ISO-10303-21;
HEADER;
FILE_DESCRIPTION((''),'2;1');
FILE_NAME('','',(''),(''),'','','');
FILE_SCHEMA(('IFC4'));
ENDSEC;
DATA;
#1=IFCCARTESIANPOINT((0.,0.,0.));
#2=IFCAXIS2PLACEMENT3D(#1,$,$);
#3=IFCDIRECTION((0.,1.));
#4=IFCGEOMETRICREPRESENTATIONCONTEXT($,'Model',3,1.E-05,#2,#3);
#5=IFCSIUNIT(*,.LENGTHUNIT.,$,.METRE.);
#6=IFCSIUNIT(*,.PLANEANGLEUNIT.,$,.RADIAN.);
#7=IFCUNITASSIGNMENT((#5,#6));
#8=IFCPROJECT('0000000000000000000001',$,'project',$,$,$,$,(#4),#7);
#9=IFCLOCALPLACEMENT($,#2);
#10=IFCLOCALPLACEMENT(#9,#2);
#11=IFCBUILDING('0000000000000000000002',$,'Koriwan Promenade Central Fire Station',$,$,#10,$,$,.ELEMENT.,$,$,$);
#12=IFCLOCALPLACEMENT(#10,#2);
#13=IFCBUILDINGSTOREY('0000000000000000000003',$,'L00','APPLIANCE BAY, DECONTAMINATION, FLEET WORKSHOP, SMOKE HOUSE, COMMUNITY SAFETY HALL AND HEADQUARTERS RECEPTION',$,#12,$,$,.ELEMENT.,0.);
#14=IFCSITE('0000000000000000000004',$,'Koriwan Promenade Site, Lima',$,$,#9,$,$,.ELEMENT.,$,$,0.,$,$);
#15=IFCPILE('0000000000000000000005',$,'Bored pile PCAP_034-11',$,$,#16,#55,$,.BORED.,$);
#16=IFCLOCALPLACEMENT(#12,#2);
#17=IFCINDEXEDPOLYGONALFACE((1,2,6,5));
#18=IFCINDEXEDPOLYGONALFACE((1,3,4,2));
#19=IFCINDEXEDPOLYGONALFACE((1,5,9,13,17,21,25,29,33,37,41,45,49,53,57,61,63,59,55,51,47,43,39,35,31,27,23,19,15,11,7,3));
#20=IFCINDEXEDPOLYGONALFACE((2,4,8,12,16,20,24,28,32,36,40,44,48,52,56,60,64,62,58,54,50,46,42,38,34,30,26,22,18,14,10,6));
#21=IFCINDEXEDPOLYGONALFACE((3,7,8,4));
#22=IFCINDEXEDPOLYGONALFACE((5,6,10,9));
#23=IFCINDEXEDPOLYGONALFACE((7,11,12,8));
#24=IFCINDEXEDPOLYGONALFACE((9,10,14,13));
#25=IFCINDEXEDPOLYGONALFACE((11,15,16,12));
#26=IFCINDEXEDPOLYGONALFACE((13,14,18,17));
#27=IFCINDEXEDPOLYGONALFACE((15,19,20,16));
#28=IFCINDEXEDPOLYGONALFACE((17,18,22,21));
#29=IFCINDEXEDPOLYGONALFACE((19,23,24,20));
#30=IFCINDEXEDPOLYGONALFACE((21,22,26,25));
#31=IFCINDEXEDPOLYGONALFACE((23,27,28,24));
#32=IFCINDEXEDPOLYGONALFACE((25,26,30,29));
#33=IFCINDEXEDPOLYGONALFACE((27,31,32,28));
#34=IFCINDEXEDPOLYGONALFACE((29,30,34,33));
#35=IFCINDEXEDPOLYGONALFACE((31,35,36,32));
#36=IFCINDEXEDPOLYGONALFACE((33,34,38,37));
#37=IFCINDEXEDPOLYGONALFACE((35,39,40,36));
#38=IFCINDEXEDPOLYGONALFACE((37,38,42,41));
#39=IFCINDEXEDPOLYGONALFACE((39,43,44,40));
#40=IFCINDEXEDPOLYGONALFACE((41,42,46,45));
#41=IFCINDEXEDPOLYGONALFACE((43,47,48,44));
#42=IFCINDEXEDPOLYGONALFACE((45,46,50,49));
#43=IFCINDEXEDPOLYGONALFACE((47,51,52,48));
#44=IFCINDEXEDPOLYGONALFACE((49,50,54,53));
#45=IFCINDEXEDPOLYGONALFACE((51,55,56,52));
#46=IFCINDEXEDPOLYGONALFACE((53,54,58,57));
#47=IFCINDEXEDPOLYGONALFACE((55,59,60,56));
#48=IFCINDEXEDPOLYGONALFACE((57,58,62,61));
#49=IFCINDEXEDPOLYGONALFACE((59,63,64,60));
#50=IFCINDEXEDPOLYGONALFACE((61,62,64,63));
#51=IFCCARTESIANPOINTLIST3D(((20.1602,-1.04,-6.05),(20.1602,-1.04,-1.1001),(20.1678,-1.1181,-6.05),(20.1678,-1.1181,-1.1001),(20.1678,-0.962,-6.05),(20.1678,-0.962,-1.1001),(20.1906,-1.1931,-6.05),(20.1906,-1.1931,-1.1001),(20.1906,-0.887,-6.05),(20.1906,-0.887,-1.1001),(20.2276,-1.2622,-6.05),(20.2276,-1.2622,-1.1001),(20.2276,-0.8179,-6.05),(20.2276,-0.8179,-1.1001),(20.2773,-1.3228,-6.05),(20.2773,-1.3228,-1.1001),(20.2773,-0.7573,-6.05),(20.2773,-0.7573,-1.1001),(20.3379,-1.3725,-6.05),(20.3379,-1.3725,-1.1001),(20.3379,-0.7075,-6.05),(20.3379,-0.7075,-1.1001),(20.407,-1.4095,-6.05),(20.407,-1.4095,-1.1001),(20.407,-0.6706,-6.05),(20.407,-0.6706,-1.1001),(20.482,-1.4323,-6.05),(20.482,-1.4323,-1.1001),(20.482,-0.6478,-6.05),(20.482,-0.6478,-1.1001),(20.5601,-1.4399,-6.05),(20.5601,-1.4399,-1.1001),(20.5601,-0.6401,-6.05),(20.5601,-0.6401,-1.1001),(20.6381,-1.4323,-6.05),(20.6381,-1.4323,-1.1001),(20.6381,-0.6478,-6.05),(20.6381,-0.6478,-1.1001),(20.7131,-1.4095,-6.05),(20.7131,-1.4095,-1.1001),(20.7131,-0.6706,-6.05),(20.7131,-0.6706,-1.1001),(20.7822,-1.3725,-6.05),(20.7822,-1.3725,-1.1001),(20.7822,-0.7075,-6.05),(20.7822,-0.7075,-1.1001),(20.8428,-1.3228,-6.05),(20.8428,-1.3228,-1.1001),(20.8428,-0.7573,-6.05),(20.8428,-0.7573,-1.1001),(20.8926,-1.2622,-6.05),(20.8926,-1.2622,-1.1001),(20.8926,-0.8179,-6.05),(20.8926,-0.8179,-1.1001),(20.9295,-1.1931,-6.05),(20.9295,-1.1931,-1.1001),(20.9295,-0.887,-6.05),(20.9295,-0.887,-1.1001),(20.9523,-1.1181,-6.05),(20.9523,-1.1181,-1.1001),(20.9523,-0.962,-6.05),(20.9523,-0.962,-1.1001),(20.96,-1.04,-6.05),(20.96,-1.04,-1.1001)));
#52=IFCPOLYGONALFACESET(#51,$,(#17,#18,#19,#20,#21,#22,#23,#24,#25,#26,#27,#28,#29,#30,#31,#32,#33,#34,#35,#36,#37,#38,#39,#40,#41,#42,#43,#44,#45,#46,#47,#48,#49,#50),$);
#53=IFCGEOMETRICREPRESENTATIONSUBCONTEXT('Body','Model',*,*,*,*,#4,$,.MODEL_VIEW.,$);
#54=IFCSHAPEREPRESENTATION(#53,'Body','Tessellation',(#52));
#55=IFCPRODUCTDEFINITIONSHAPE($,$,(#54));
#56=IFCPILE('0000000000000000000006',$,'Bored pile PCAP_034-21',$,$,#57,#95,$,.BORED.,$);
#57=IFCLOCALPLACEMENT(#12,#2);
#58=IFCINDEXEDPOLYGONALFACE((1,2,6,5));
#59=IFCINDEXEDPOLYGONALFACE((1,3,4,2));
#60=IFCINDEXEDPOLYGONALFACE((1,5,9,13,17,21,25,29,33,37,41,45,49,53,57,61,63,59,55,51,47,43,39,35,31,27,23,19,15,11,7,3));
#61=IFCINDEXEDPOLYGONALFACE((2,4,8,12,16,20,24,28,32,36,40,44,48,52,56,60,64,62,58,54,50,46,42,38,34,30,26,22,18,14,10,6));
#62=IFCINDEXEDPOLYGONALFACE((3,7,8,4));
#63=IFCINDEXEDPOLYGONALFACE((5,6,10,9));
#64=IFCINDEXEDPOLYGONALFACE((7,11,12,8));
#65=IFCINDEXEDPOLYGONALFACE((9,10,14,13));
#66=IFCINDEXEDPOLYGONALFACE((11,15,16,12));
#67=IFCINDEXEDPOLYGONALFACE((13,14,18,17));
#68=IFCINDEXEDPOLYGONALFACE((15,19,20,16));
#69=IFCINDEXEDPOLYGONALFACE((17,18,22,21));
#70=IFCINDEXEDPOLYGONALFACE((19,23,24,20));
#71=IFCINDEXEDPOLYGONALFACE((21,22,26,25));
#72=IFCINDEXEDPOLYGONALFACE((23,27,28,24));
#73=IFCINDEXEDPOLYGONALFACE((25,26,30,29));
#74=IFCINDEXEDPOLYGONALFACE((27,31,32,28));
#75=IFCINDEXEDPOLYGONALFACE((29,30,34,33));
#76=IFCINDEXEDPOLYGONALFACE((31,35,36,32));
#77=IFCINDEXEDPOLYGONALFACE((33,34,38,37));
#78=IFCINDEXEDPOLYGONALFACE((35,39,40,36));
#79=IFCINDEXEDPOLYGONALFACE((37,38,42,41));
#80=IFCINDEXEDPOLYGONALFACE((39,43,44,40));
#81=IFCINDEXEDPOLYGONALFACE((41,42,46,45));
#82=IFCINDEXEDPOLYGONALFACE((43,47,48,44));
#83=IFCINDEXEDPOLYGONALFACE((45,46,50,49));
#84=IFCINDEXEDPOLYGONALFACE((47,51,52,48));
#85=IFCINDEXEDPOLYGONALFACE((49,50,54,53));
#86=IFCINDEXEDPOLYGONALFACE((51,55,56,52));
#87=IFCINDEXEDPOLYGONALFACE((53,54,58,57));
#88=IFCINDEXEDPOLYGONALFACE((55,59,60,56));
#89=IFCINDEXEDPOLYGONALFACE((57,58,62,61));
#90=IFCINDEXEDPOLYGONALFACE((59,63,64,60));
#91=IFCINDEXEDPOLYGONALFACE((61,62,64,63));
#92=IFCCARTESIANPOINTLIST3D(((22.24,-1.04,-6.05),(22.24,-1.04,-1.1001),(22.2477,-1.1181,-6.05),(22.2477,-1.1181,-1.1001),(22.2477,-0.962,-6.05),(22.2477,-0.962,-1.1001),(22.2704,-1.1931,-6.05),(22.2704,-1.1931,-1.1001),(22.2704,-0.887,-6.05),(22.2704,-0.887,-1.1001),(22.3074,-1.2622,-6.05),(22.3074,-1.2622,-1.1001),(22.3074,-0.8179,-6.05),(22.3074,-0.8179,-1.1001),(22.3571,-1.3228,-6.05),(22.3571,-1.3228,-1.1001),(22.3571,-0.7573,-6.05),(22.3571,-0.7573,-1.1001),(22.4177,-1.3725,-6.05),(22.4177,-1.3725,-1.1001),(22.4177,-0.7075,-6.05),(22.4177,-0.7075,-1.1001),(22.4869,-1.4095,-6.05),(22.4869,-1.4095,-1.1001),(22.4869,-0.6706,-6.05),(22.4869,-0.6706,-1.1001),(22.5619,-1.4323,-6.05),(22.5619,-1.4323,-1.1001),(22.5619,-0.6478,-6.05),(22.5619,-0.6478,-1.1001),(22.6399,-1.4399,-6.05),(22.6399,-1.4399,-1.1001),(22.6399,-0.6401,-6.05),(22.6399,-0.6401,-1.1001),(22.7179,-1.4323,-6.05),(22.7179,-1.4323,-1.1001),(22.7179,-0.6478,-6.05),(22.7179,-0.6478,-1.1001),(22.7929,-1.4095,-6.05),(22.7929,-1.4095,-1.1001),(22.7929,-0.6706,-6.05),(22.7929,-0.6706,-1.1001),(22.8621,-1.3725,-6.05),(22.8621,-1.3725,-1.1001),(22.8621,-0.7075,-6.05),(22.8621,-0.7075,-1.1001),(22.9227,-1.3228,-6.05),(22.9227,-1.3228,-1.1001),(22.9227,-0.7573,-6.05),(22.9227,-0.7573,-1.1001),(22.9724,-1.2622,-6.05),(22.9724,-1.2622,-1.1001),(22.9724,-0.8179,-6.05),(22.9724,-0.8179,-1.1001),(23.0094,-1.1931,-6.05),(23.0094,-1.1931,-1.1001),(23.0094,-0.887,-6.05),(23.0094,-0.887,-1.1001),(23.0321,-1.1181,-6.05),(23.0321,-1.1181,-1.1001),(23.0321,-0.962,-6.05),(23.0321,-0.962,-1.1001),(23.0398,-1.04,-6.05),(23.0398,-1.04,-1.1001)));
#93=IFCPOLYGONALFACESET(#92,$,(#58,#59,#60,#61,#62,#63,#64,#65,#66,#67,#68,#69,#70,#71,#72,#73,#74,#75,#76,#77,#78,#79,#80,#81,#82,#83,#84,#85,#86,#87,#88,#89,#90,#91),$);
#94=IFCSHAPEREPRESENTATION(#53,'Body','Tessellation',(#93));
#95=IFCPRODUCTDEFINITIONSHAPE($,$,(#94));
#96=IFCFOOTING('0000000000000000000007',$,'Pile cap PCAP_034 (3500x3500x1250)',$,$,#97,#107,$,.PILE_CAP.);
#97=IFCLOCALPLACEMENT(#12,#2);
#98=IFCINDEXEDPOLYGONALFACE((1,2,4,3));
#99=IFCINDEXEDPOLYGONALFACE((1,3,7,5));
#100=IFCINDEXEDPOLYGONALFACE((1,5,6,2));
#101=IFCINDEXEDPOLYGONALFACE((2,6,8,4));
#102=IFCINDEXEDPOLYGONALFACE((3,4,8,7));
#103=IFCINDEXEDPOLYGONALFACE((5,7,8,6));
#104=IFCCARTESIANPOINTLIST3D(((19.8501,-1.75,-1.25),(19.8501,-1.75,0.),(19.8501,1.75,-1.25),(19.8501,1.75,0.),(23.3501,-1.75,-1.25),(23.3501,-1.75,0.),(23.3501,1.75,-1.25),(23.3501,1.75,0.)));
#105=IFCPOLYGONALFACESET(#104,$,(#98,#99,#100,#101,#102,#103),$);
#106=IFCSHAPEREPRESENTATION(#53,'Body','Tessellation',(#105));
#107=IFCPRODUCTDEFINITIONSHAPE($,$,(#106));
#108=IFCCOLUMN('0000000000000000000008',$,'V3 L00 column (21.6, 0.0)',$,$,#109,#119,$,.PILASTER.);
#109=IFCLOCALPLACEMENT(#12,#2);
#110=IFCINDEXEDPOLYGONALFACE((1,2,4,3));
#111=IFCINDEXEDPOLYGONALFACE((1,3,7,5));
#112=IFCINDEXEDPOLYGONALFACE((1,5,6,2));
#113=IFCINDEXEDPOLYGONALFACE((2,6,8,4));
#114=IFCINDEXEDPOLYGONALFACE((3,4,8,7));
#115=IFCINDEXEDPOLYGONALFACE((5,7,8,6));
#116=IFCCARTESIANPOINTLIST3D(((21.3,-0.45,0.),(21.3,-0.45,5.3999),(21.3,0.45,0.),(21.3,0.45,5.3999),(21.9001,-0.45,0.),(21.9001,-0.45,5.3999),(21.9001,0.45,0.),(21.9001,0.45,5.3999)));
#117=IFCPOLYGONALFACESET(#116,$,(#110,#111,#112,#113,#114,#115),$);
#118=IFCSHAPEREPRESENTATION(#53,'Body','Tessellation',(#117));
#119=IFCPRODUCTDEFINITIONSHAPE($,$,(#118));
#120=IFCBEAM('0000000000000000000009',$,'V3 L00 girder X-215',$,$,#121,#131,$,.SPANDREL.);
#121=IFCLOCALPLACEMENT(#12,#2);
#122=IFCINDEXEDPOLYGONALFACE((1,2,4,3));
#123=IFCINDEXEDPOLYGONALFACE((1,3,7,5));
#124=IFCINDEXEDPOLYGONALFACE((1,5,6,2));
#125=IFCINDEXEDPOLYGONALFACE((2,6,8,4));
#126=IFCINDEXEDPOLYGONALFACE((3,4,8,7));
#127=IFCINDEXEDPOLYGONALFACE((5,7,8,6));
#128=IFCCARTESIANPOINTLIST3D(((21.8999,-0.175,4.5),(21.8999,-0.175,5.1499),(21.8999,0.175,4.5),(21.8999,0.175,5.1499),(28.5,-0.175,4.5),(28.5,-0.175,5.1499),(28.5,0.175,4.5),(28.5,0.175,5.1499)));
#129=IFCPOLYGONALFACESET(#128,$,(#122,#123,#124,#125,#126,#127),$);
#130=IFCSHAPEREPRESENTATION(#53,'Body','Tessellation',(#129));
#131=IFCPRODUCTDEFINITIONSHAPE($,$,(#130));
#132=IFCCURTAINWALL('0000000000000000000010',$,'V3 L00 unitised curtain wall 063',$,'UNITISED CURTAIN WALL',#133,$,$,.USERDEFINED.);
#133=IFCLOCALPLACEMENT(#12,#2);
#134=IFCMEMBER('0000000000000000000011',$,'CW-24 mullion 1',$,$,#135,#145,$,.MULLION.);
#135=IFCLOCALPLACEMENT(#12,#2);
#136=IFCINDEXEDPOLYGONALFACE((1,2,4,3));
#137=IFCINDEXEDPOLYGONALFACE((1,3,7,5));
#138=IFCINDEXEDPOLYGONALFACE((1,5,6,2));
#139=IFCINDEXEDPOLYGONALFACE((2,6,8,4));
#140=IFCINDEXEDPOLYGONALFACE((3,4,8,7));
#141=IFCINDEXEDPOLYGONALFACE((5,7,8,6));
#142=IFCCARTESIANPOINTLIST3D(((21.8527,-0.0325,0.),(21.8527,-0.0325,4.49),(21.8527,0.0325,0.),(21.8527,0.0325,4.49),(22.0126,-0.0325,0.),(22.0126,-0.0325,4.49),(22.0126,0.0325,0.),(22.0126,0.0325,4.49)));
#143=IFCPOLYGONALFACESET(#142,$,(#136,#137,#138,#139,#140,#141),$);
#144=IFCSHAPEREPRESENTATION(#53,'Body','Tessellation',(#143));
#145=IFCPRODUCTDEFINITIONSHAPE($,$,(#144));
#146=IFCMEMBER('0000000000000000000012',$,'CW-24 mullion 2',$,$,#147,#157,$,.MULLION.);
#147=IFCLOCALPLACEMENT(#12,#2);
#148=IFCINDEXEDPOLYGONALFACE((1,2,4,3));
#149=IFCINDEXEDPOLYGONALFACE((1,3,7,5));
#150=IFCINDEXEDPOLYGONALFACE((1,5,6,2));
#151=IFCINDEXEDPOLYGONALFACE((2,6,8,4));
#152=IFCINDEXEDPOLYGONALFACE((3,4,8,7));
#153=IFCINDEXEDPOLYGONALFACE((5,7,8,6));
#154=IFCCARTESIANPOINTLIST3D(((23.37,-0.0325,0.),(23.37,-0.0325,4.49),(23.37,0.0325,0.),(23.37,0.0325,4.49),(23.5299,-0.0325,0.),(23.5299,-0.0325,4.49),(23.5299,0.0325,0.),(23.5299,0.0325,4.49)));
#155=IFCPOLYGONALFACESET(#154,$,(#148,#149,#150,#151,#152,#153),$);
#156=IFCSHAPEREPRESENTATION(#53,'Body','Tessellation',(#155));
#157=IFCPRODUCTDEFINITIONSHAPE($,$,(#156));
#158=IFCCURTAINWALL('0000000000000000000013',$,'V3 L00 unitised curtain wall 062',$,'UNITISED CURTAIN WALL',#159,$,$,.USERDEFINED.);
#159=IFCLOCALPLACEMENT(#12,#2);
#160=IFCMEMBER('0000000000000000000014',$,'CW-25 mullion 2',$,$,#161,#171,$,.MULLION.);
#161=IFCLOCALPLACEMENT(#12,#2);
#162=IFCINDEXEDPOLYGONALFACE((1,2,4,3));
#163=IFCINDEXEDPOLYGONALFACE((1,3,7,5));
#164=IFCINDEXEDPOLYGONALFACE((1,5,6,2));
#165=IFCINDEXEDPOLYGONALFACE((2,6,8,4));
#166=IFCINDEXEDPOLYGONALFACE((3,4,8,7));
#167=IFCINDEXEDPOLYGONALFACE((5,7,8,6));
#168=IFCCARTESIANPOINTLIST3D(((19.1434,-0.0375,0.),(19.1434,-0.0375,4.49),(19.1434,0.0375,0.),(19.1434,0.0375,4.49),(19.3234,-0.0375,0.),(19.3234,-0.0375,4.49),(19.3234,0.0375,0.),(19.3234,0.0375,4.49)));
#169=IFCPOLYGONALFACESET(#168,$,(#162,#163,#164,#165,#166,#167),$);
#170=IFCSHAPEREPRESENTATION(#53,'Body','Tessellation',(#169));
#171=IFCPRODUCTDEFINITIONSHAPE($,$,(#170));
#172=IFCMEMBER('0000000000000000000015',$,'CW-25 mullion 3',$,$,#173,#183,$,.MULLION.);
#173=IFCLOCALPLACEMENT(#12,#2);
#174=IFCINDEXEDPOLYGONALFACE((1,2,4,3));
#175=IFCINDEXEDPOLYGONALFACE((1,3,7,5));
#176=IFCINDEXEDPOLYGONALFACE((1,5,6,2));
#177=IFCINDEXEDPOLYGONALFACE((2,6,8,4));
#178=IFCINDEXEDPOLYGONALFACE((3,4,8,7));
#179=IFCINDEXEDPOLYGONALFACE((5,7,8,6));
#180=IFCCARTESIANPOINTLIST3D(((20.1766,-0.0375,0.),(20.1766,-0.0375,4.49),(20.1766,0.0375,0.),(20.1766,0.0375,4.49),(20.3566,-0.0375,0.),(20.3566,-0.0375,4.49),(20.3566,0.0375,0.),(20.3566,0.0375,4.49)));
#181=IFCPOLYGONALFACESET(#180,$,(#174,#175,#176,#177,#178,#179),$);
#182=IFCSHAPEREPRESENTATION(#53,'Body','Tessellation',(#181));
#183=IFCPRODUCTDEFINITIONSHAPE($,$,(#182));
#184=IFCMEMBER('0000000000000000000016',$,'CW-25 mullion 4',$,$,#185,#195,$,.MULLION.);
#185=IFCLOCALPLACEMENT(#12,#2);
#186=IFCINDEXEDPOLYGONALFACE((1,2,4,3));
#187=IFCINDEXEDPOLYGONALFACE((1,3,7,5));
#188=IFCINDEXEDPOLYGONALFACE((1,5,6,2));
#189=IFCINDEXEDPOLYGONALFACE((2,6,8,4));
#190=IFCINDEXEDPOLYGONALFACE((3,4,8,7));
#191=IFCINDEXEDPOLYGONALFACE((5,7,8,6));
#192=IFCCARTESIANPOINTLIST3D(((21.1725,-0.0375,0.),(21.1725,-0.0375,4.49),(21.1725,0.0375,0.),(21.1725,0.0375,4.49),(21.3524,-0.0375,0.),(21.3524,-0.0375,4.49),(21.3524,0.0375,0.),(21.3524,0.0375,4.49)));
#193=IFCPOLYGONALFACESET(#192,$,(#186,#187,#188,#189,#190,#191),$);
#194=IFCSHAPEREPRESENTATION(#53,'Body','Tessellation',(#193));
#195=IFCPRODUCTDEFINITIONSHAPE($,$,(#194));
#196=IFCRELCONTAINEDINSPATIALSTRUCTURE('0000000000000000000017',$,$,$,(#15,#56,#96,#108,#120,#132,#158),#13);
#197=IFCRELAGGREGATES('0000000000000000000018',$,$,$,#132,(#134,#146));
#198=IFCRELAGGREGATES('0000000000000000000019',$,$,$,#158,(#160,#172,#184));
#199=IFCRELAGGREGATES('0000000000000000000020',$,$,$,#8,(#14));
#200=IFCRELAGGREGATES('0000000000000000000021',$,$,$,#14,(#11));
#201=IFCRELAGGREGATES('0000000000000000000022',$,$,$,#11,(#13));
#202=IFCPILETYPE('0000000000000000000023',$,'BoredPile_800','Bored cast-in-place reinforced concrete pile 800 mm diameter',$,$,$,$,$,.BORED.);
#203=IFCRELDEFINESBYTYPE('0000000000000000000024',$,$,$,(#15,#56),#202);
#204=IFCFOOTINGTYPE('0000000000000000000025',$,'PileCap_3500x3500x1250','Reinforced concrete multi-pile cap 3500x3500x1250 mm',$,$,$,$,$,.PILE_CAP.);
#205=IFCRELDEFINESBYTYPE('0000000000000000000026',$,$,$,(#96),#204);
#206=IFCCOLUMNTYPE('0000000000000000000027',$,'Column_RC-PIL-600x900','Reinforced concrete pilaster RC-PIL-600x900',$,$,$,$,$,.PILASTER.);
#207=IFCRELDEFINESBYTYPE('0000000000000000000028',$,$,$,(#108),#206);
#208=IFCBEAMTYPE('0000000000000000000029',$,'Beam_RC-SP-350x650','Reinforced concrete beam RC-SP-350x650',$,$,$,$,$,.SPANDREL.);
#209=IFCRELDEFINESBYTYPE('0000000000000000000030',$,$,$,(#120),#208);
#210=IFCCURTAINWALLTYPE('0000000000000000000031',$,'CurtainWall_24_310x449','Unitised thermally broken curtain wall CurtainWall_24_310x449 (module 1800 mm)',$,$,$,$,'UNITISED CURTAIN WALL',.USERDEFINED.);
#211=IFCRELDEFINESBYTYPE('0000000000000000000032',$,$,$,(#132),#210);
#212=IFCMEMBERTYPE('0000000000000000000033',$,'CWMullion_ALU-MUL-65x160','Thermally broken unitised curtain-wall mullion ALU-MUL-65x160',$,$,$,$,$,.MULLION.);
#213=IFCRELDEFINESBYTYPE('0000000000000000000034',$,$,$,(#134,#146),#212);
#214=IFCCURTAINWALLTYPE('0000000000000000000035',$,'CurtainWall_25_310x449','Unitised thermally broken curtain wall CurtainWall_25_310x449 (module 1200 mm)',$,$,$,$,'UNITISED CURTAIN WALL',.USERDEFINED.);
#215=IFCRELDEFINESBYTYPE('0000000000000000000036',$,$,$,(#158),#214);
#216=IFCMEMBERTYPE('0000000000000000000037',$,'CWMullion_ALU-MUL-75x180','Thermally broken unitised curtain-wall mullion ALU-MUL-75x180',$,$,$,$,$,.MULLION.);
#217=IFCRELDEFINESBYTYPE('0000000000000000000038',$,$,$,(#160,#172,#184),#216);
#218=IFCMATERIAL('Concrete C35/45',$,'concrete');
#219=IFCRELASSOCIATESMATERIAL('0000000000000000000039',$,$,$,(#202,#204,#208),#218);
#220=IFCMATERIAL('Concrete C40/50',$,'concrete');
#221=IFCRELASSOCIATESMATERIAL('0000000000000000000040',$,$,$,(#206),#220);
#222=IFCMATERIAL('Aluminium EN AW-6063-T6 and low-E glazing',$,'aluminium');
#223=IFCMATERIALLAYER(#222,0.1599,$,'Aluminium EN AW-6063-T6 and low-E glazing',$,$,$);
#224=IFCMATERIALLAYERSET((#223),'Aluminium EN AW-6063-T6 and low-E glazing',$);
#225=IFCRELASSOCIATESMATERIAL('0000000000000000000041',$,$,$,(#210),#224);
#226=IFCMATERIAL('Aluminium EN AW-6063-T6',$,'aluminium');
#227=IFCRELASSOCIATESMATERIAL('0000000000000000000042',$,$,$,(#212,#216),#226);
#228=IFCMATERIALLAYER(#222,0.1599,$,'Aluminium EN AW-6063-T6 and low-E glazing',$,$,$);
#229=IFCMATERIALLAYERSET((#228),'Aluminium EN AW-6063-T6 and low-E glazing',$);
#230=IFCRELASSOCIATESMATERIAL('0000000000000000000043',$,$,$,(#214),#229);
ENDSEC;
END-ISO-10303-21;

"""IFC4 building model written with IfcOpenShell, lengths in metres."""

from ifc_helpers import new_model, si_unit, direction, frame, origin, origin_2d, place, context, subcontext, project, spatial, rectangle, circle, extrude, material, layer, layer_set, material_profile, profile_set, type_object, element, aggregate, save


model = new_model("IFC4")

# Units and contexts
model_context = context("Model", 3, precision=1e-05, world=origin(), true_north=direction((0.0, 1.0)))
body_context = subcontext(model_context, "Body", "Model", "MODEL_VIEW")
ifc_project = project(units=[si_unit("LENGTHUNIT", "METRE"), si_unit("PLANEANGLEUNIT", "RADIAN")], contexts=[model_context])

# Site, building, storey
site_placement = place(None, origin())
site = spatial("IfcSite", under=ifc_project, at=site_placement, Name="Koriwan Promenade Site, Lima", CompositionType="ELEMENT", RefElevation=0.0)
building_placement = place(site_placement, origin())
building = spatial("IfcBuilding", under=site, at=building_placement, Name="Koriwan Promenade Central Fire Station", CompositionType="ELEMENT")
storey_placement = place(building_placement, origin())
storey = spatial("IfcBuildingStorey", under=building, at=storey_placement, Name="L00", Description="APPLIANCE BAY, DECONTAMINATION, FLEET WORKSHOP, SMOKE HOUSE, COMMUNITY SAFETY HALL AND HEADQUARTERS RECEPTION", CompositionType="ELEMENT", Elevation=0.0)

# Piles
ifc_material_1 = material(Name="Concrete C35/45", Category="concrete")
ifc_material_profile_1 = material_profile(ifc_material_1, circle(Radius=0.3999, at=origin_2d()), Name="PILE-D800")
ifc_profile_set_1 = profile_set([ifc_material_profile_1], Name="Concrete C35/45")
pile_type = type_object("IfcPileType", Name="BoredPile_800", Description="Bored cast-in-place reinforced concrete pile 800 mm diameter", PredefinedType="BORED", material=ifc_profile_set_1)
for number, where, z_axis, x_axis, name in (
    (1, (20.5601, -1.04, -1.1001), (0.0, 0.0, -1.0), (1.0, 0.0, 0.0), "Bored pile PCAP_034-11"),
    (2, (22.6399, -1.04, -1.1001), (0.0, 0.0, -1.0), (1.0, 0.0, 0.0), "Bored pile PCAP_034-21"),
):
    element("IfcPile", number, at=place(storey_placement, frame(where, z_axis=z_axis, x_axis=x_axis)), inside=storey, type_object=pile_type, Name=name, PredefinedType="BORED", context=body_context, shape_type="SweptSolid", body=[
        extrude(circle(Radius=0.3999, at=origin_2d()), origin(), (0.0, 0.0, 1.0), 4.95),
    ])

# Footing
footing_type = type_object("IfcFootingType", Name="PileCap_3500x3500x1250", Description="Reinforced concrete multi-pile cap 3500x3500x1250 mm", PredefinedType="PILE_CAP", material=ifc_material_1)
footing_placement = place(storey_placement, frame((21.6001, 0.0, -1.25), z_axis=(0.0, 0.0, 1.0), x_axis=(1.0, 0.0, 0.0)))
element("IfcFooting", 3, at=footing_placement, inside=storey, type_object=footing_type, Name="Pile cap PCAP_034 (3500x3500x1250)", PredefinedType="PILE_CAP", context=body_context, shape_type="SweptSolid", body=[
    extrude(rectangle(XDim=3.5, YDim=3.5, at=origin_2d()), origin(), (0.0, 0.0, 1.0), 1.25),
])

# Column
ifc_material_2 = material(Name="Concrete C40/50", Category="concrete")
ifc_material_profile_2 = material_profile(ifc_material_2, rectangle(XDim=0.6001, YDim=0.8999, at=origin_2d()), Name="RC-PIL-600x900")
ifc_profile_set_2 = profile_set([ifc_material_profile_2], Name="Concrete C40/50")
column_type = type_object("IfcColumnType", Name="Column_RC-PIL-600x900", Description="Reinforced concrete pilaster RC-PIL-600x900", PredefinedType="PILASTER", material=ifc_profile_set_2)
column_placement = place(storey_placement, frame((21.6001, 0.0, 0.0), z_axis=(0.0, 0.0, 1.0), x_axis=(1.0, 0.0, 0.0)))
element("IfcColumn", 4, at=column_placement, inside=storey, type_object=column_type, Name="V3 L00 column (21.6, 0.0)", PredefinedType="PILASTER", context=body_context, shape_type="SweptSolid", body=[
    extrude(rectangle(XDim=0.6001, YDim=0.8999, at=origin_2d()), origin(), (0.0, 0.0, 1.0), 5.3999),
])

# Beam
ifc_material_profile_3 = material_profile(ifc_material_1, rectangle(XDim=0.3501, YDim=0.6499, at=origin_2d()), Name="RC-SP-350x650")
ifc_profile_set_3 = profile_set([ifc_material_profile_3], Name="Concrete C35/45")
beam_type = type_object("IfcBeamType", Name="Beam_RC-SP-350x650", Description="Reinforced concrete beam RC-SP-350x650", PredefinedType="SPANDREL", material=ifc_profile_set_3)
beam_placement = place(storey_placement, frame((21.8999, 0.0, 4.825), z_axis=(1.0, 0.0, 0.0), x_axis=(0.0, 1.0, 0.0)))
element("IfcBeam", 5, at=beam_placement, inside=storey, type_object=beam_type, Name="V3 L00 girder X-215", PredefinedType="SPANDREL", context=body_context, shape_type="SweptSolid", body=[
    extrude(rectangle(XDim=0.3501, YDim=0.6499, at=origin_2d()), origin(), (0.0, 0.0, 1.0), 6.6001),
])

# Curtain walls, members
ifc_material_3 = material(Name="Aluminium EN AW-6063-T6 and low-E glazing", Category="aluminium")
ifc_layer_1 = layer(ifc_material_3, 0.1599, Name="Aluminium EN AW-6063-T6 and low-E glazing")
ifc_layer_set_1 = layer_set([ifc_layer_1], Name="Aluminium EN AW-6063-T6 and low-E glazing")
curtain_wall_type_1 = type_object("IfcCurtainWallType", Name="CurtainWall_24_310x449", Description="Unitised thermally broken curtain wall CurtainWall_24_310x449 (module 1800 mm)", ElementType="UNITISED CURTAIN WALL", PredefinedType="USERDEFINED", material=ifc_layer_set_1)
curtain_wall_1_placement = place(storey_placement, origin())
curtain_wall_1 = element("IfcCurtainWall", 6, at=curtain_wall_1_placement, inside=storey, type_object=curtain_wall_type_1, Name="V3 L00 unitised curtain wall 063", ObjectType="UNITISED CURTAIN WALL", PredefinedType="USERDEFINED")
ifc_material_4 = material(Name="Aluminium EN AW-6063-T6", Category="aluminium")
ifc_material_profile_4 = material_profile(ifc_material_4, rectangle(XDim=0.0649, YDim=0.1599, at=origin_2d()), Name="ALU-MUL-65x160")
ifc_profile_set_4 = profile_set([ifc_material_profile_4], Name="Aluminium EN AW-6063-T6")
member_type_1 = type_object("IfcMemberType", Name="CWMullion_ALU-MUL-65x160", Description="Thermally broken unitised curtain-wall mullion ALU-MUL-65x160", PredefinedType="MULLION", material=ifc_profile_set_4)
member_1_placement = place(storey_placement, frame((21.9326, 0.0, 0.0), z_axis=(0.0, 0.0, 1.0), x_axis=(0.0, 1.0, 0.0)))
member_1 = element("IfcMember", 7, at=member_1_placement, type_object=member_type_1, Name="CW-24 mullion 1", PredefinedType="MULLION", context=body_context, shape_type="SweptSolid", body=[
    extrude(rectangle(XDim=0.0649, YDim=0.1599, at=origin_2d()), origin(), (0.0, 0.0, 1.0), 4.49),
])
member_2_placement = place(storey_placement, frame((23.45, 0.0, 0.0), z_axis=(0.0, 0.0, 1.0), x_axis=(0.0, 1.0, 0.0)))
member_2 = element("IfcMember", 8, at=member_2_placement, type_object=member_type_1, Name="CW-24 mullion 2", PredefinedType="MULLION", context=body_context, shape_type="SweptSolid", body=[
    extrude(rectangle(XDim=0.0649, YDim=0.1599, at=origin_2d()), origin(), (0.0, 0.0, 1.0), 4.49),
])
ifc_layer_2 = layer(ifc_material_3, 0.1599, Name="Aluminium EN AW-6063-T6 and low-E glazing")
ifc_layer_set_2 = layer_set([ifc_layer_2], Name="Aluminium EN AW-6063-T6 and low-E glazing")
curtain_wall_type_2 = type_object("IfcCurtainWallType", Name="CurtainWall_25_310x449", Description="Unitised thermally broken curtain wall CurtainWall_25_310x449 (module 1200 mm)", ElementType="UNITISED CURTAIN WALL", PredefinedType="USERDEFINED", material=ifc_layer_set_2)
curtain_wall_2_placement = place(storey_placement, origin())
curtain_wall_2 = element("IfcCurtainWall", 9, at=curtain_wall_2_placement, inside=storey, type_object=curtain_wall_type_2, Name="V3 L00 unitised curtain wall 062", ObjectType="UNITISED CURTAIN WALL", PredefinedType="USERDEFINED")
ifc_material_profile_5 = material_profile(ifc_material_4, rectangle(XDim=0.075, YDim=0.1799, at=origin_2d()), Name="ALU-MUL-75x180")
ifc_profile_set_5 = profile_set([ifc_material_profile_5], Name="Aluminium EN AW-6063-T6")
member_type_2 = type_object("IfcMemberType", Name="CWMullion_ALU-MUL-75x180", Description="Thermally broken unitised curtain-wall mullion ALU-MUL-75x180", PredefinedType="MULLION", material=ifc_profile_set_5)
member_3_placement = place(storey_placement, frame((19.2334, 0.0, 0.0), z_axis=(0.0, 0.0, 1.0), x_axis=(0.0, 1.0, 0.0)))
member_3 = element("IfcMember", 10, at=member_3_placement, type_object=member_type_2, Name="CW-25 mullion 2", PredefinedType="MULLION", context=body_context, shape_type="SweptSolid", body=[
    extrude(rectangle(XDim=0.075, YDim=0.1799, at=origin_2d()), origin(), (0.0, 0.0, 1.0), 4.49),
])
member_4_placement = place(storey_placement, frame((20.2666, 0.0, 0.0), z_axis=(0.0, 0.0, 1.0), x_axis=(0.0, 1.0, 0.0)))
member_4 = element("IfcMember", 11, at=member_4_placement, type_object=member_type_2, Name="CW-25 mullion 3", PredefinedType="MULLION", context=body_context, shape_type="SweptSolid", body=[
    extrude(rectangle(XDim=0.075, YDim=0.1799, at=origin_2d()), origin(), (0.0, 0.0, 1.0), 4.49),
])
member_5_placement = place(storey_placement, frame((21.2625, 0.0, 0.0), z_axis=(0.0, 0.0, 1.0), x_axis=(0.0, 1.0, 0.0)))
member_5 = element("IfcMember", 12, at=member_5_placement, type_object=member_type_2, Name="CW-25 mullion 4", PredefinedType="MULLION", context=body_context, shape_type="SweptSolid", body=[
    extrude(rectangle(XDim=0.075, YDim=0.1799, at=origin_2d()), origin(), (0.0, 0.0, 1.0), 4.49),
])

aggregate(curtain_wall_1, [member_1, member_2])
aggregate(curtain_wall_2, [member_3, member_4, member_5])

save(model, "model.ifc")
